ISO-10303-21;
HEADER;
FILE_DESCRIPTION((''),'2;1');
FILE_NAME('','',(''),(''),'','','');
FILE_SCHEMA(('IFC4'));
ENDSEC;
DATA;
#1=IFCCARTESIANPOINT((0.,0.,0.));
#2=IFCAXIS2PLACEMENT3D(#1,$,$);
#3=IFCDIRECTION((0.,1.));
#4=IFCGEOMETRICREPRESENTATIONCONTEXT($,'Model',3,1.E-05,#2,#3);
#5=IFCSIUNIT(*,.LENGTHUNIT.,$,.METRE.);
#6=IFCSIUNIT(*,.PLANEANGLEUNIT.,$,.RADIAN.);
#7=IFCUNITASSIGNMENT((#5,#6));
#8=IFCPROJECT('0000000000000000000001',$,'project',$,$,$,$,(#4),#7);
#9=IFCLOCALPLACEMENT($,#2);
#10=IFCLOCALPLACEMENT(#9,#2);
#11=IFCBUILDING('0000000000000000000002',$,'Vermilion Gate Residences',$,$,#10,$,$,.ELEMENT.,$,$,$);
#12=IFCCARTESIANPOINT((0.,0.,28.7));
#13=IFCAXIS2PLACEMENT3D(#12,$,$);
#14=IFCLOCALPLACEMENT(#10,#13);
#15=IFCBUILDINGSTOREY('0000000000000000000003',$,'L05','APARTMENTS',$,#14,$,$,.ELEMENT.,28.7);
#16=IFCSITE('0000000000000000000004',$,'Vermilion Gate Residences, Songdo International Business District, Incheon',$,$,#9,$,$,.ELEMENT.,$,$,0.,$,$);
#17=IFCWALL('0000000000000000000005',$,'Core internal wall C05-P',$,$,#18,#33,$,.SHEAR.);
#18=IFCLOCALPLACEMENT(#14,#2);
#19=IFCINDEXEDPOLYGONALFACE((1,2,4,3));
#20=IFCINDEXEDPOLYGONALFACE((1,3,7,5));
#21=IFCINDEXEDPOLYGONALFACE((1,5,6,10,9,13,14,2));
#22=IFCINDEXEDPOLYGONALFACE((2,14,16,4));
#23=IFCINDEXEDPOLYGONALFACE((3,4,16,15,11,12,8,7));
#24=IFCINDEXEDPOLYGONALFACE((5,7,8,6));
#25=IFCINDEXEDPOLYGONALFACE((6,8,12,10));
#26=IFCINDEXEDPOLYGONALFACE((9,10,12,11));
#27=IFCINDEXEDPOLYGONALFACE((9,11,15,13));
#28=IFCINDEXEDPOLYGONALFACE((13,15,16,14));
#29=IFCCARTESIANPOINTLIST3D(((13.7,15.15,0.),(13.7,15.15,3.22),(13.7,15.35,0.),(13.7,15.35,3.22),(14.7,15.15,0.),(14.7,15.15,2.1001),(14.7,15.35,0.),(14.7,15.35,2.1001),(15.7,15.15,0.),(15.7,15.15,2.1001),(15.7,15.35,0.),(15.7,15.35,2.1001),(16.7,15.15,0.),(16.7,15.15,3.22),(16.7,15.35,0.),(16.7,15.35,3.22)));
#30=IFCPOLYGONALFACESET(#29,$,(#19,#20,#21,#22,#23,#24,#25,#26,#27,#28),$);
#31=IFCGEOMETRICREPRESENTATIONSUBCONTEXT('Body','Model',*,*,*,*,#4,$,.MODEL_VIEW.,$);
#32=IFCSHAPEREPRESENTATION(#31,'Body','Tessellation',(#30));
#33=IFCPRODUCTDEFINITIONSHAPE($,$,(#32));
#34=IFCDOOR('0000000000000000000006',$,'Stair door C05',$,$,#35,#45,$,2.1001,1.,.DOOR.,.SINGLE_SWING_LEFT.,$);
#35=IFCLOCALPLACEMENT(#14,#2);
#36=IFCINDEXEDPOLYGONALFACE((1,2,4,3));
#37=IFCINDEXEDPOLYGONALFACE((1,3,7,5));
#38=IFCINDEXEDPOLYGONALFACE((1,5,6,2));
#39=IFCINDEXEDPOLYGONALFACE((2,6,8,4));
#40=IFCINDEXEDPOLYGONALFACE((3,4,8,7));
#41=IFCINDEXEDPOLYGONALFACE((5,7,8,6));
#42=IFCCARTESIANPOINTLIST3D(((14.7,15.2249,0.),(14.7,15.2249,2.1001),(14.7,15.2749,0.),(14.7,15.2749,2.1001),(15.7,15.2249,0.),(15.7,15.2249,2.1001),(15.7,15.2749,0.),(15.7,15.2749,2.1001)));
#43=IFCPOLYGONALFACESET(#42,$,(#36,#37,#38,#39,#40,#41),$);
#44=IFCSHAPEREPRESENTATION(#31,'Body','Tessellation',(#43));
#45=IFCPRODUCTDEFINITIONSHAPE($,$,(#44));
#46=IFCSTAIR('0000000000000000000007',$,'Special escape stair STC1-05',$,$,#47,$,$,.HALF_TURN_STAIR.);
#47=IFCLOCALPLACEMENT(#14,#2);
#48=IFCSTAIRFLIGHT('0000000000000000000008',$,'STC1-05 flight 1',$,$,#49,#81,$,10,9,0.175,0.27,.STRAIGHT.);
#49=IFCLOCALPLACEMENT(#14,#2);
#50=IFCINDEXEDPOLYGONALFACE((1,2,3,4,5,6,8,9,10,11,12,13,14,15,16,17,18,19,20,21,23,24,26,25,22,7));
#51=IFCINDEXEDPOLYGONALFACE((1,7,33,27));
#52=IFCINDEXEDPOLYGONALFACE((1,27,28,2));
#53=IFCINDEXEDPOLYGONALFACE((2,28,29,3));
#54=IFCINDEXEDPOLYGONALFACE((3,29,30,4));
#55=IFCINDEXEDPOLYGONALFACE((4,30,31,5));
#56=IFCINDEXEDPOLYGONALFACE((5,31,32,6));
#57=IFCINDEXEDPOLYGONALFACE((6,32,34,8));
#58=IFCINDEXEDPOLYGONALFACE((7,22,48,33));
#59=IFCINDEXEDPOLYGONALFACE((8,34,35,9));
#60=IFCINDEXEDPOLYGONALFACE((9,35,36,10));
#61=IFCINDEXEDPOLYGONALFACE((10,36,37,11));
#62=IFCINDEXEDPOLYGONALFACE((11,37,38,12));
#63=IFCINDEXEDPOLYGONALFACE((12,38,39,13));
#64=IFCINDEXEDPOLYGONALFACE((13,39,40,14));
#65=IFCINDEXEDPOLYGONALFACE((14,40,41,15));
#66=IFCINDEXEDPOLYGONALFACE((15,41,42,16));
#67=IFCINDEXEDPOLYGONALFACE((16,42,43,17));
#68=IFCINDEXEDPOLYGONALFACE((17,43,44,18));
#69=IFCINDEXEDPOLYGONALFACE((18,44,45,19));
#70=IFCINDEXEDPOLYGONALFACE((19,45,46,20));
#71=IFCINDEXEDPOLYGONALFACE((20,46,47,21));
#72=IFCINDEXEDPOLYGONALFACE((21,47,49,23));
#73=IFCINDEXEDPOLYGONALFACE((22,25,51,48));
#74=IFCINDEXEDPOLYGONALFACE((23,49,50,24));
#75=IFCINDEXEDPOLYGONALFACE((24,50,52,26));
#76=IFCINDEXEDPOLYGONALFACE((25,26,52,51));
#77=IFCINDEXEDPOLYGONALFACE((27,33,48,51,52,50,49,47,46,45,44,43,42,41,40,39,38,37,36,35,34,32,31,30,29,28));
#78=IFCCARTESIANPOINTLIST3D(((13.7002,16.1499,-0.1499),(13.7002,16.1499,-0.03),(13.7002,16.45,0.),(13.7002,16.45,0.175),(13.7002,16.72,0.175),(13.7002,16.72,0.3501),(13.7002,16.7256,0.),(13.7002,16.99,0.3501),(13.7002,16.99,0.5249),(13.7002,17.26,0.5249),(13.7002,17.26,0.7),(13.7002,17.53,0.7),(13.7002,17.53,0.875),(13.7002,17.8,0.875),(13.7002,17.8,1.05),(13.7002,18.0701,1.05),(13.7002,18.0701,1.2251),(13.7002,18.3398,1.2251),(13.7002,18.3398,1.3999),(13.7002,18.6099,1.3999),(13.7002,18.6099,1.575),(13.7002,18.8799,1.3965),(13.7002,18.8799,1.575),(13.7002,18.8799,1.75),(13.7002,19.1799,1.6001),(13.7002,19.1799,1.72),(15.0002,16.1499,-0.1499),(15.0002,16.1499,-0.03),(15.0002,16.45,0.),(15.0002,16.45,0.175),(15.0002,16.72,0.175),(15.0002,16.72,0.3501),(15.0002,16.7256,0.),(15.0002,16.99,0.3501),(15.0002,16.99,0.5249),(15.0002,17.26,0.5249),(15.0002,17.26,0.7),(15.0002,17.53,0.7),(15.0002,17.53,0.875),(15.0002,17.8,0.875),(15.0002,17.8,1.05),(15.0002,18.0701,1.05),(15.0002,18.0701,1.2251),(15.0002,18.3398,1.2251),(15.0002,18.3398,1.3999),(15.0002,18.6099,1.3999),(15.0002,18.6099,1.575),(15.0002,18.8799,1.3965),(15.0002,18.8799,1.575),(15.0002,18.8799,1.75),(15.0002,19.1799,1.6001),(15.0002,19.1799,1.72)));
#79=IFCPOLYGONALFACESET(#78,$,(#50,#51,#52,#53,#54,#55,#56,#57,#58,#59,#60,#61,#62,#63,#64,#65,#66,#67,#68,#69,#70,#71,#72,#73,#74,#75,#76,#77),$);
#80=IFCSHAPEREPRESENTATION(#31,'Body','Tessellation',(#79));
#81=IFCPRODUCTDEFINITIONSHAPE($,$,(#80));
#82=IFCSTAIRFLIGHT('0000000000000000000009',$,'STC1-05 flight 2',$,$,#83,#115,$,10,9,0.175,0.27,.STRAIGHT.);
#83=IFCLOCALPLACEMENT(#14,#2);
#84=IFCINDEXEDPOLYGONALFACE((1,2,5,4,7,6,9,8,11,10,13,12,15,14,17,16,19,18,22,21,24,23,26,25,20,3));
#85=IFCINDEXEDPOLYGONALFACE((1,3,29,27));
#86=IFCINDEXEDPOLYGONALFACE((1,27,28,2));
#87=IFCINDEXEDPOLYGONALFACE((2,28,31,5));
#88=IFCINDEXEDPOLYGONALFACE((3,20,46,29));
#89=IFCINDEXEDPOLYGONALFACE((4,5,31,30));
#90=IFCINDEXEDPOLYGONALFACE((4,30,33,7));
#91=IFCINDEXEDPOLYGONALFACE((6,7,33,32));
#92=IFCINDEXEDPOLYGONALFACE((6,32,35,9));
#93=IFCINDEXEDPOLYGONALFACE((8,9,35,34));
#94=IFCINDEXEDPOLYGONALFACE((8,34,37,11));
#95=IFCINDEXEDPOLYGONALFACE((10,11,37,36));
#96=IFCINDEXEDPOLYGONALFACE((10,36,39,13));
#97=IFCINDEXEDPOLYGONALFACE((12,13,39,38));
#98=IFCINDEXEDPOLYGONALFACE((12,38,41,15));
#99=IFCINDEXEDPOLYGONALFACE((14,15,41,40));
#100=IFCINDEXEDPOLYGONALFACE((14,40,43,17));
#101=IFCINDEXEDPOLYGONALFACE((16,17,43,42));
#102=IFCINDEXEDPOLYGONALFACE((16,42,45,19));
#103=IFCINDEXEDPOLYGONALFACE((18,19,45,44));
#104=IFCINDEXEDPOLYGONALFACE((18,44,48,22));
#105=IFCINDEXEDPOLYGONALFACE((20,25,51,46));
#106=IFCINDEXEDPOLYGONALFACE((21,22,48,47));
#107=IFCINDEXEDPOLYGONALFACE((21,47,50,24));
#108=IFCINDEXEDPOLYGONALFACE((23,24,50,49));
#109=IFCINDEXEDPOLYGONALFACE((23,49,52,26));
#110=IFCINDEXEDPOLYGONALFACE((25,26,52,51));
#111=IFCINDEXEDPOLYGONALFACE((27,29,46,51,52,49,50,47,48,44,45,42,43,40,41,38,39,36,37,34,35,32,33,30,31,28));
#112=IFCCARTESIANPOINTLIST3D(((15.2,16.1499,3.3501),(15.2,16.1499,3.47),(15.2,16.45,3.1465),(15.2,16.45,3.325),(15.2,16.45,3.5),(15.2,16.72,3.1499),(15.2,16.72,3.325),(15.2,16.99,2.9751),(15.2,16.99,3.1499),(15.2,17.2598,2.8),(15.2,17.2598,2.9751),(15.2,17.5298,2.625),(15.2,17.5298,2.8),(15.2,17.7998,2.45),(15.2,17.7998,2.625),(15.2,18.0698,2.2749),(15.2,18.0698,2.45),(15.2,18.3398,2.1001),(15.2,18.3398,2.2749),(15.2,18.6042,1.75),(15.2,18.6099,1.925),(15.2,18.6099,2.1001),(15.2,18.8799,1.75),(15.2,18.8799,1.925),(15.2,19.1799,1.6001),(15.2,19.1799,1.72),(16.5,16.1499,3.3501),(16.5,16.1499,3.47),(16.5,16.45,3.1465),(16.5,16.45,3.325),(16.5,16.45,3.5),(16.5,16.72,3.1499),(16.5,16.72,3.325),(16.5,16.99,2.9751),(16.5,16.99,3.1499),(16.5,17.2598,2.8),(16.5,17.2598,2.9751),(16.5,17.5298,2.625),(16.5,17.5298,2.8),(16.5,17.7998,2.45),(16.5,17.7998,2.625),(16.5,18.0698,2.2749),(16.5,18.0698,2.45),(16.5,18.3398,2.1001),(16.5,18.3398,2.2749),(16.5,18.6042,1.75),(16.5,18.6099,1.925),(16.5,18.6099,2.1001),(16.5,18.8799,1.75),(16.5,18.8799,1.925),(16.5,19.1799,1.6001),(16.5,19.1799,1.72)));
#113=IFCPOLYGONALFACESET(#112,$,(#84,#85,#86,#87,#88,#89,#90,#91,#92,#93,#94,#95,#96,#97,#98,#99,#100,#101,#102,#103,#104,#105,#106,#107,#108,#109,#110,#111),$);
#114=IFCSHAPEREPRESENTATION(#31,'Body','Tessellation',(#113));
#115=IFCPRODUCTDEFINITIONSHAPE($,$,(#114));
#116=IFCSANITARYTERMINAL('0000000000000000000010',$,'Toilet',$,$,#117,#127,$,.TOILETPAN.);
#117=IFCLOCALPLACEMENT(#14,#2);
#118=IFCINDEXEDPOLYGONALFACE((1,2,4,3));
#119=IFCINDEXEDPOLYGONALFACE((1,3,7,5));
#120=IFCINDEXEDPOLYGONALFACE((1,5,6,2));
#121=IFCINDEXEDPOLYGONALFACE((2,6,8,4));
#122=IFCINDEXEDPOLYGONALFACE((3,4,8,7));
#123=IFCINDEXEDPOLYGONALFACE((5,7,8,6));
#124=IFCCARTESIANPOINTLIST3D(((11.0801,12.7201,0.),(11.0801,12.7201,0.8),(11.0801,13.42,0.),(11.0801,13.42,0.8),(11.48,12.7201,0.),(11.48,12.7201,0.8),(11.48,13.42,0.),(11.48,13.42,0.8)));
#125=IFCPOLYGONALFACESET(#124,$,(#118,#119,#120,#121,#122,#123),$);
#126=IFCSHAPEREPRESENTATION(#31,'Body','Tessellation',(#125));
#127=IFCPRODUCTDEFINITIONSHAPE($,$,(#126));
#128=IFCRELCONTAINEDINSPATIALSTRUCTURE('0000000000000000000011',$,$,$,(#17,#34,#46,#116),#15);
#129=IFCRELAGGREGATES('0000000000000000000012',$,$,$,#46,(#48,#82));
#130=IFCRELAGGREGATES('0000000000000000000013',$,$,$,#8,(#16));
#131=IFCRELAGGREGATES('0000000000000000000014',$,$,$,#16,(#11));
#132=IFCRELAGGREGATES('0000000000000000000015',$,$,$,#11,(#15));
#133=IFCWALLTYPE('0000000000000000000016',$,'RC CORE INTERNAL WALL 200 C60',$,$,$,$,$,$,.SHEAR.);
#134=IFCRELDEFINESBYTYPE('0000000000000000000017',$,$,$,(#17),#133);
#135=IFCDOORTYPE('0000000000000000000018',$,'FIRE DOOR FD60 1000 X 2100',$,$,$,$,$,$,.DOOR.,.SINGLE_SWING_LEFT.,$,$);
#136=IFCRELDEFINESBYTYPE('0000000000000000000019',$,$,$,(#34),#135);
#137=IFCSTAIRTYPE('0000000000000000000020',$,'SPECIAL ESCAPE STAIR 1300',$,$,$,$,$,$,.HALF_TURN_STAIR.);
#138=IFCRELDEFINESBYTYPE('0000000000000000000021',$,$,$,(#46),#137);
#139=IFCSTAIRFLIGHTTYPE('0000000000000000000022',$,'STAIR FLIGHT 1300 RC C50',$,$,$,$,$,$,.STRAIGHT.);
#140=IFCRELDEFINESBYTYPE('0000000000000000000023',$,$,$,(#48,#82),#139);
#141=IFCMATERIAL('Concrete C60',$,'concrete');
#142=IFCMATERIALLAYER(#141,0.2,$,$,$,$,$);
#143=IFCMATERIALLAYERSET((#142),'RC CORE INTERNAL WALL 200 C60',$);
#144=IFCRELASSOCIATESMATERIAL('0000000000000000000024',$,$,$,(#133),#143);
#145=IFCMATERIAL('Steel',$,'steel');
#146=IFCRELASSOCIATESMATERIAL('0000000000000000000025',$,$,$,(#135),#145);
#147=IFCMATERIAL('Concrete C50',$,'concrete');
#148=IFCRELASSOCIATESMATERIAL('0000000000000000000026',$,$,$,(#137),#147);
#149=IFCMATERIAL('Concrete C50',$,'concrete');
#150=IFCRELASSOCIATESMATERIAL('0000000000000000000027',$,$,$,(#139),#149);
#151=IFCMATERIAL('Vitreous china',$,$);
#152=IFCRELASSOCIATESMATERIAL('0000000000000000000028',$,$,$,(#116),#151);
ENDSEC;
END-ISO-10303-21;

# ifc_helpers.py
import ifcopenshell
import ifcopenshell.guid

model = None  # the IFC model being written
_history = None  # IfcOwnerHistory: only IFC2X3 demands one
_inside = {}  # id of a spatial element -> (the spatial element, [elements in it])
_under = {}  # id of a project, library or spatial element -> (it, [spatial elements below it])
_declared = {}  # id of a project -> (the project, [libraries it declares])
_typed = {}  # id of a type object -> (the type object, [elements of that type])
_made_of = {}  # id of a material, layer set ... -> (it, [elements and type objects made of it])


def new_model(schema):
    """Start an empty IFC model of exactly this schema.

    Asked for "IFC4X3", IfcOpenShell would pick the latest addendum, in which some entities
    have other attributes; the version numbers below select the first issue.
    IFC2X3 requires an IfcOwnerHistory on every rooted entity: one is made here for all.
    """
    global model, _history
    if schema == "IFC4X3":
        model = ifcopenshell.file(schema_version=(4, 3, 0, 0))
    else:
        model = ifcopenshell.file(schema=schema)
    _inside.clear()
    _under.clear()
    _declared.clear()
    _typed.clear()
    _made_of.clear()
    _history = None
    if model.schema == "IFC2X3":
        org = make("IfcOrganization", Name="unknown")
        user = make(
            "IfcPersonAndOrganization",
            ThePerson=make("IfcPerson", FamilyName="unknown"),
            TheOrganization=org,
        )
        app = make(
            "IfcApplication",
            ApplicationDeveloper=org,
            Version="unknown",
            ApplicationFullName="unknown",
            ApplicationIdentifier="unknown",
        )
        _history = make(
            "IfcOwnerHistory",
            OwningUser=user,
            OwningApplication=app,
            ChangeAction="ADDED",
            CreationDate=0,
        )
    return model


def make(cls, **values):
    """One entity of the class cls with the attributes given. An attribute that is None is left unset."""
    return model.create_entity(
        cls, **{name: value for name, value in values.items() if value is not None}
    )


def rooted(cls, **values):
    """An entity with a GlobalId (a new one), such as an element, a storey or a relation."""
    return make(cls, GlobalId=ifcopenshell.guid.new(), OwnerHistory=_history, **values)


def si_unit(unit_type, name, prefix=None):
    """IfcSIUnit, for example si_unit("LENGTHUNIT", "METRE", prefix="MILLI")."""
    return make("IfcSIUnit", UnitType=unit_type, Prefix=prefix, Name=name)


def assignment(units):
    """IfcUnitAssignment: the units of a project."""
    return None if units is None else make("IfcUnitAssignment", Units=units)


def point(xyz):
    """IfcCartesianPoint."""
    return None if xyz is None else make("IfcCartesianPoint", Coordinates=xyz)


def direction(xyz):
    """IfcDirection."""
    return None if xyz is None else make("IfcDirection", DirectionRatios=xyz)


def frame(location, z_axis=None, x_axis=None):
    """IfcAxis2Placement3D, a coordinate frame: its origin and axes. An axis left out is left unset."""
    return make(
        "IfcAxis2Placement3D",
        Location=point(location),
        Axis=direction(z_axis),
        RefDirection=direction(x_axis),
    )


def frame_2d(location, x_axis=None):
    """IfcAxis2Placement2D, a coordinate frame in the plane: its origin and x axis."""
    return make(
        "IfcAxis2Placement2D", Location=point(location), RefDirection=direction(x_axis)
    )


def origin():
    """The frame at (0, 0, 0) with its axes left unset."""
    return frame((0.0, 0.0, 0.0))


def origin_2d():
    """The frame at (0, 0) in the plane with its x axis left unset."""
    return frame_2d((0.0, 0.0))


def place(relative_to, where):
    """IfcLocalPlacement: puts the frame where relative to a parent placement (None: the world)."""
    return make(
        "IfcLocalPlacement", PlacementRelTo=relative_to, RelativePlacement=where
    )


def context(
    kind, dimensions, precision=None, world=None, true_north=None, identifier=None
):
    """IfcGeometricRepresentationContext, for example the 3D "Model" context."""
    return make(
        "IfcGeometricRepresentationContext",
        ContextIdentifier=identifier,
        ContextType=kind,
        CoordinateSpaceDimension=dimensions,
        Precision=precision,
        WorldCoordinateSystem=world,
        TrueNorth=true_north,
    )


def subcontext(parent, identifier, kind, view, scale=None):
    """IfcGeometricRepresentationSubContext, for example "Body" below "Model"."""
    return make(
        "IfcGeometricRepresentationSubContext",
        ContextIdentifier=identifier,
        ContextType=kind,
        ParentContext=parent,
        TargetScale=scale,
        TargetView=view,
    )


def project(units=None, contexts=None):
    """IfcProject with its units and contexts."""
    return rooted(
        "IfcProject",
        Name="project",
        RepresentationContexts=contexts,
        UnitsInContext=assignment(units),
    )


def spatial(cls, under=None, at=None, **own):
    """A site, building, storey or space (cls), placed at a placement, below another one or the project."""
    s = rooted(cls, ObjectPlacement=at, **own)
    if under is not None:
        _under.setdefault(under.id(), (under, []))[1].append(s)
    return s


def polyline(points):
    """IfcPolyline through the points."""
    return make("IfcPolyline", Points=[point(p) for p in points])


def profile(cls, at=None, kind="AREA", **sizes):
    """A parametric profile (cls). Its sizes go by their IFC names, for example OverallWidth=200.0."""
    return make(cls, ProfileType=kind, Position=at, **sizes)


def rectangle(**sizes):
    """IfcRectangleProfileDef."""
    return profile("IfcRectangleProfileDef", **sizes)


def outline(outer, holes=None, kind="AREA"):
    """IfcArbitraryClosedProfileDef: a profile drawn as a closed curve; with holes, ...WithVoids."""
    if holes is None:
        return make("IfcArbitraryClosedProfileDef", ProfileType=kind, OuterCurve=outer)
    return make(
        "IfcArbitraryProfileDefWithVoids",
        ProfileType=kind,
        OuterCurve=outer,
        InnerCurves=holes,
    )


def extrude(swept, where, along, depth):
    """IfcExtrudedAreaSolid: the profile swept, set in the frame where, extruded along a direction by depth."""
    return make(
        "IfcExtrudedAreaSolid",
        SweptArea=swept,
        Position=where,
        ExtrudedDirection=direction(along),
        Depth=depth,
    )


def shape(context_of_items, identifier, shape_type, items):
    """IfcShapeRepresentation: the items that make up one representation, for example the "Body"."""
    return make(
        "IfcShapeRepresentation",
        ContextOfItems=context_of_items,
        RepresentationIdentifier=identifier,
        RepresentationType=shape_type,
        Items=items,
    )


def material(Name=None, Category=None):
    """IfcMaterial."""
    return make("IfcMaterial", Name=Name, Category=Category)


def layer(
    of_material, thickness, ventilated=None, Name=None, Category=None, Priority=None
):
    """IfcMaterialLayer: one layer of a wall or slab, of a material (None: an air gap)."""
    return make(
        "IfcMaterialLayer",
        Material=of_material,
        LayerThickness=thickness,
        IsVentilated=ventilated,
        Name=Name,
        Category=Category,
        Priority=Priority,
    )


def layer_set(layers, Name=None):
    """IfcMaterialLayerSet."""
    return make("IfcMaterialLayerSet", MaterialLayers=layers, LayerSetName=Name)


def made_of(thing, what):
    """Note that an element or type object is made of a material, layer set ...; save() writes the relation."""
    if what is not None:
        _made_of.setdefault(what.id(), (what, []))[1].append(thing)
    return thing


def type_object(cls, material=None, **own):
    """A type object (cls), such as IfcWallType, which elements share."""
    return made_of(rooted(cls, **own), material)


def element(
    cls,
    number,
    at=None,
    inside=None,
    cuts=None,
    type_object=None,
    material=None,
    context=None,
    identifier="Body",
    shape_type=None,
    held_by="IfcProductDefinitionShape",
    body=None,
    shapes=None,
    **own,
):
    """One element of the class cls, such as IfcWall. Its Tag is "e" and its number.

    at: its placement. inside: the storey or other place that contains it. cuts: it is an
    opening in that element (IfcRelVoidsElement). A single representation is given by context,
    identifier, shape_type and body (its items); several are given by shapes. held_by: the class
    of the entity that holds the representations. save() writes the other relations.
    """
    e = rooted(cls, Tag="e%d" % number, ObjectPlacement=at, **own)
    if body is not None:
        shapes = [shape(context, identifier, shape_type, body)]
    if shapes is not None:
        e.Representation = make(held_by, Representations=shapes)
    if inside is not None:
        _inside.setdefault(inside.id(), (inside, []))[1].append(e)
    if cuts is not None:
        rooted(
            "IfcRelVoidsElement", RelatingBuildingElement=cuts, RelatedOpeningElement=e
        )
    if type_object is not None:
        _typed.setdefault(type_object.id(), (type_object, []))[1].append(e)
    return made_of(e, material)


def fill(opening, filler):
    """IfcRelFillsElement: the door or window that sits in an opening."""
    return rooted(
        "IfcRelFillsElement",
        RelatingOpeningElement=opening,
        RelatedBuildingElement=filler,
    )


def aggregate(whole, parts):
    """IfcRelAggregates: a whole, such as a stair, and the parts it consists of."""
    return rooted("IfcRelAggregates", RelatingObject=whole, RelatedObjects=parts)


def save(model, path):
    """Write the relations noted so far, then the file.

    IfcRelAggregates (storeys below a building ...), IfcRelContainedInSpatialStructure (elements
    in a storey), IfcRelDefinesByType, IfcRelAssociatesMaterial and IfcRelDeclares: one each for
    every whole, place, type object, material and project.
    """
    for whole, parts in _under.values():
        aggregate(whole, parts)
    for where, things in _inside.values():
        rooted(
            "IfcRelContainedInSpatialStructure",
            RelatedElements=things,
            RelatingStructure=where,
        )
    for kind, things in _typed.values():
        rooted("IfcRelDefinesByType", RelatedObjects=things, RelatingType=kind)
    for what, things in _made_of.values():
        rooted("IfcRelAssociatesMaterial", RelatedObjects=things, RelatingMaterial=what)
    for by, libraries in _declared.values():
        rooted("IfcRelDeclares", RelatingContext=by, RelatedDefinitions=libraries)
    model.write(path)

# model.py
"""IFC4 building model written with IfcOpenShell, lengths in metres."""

from ifc_helpers import new_model, si_unit, direction, frame, frame_2d, origin, origin_2d, place, context, subcontext, project, spatial, polyline, rectangle, outline, extrude, material, layer, layer_set, type_object, element, fill, aggregate, save


model = new_model("IFC4")

# Units and contexts
model_context = context("Model", 3, precision=1e-05, world=origin(), true_north=direction((0.0, 1.0)))
body_context = subcontext(model_context, "Body", "Model", "MODEL_VIEW")
ifc_project = project(units=[si_unit("LENGTHUNIT", "METRE"), si_unit("PLANEANGLEUNIT", "RADIAN")], contexts=[model_context])

# Site, building, storey
site_placement = place(None, origin())
site = spatial("IfcSite", under=ifc_project, at=site_placement, Name="Vermilion Gate Residences, Songdo International Business District, Incheon", CompositionType="ELEMENT", RefElevation=0.0)
building_placement = place(site_placement, origin())
building = spatial("IfcBuilding", under=site, at=building_placement, Name="Vermilion Gate Residences", CompositionType="ELEMENT")
storey_placement = place(building_placement, frame((0.0, 0.0, 28.7)))
storey = spatial("IfcBuildingStorey", under=building, at=storey_placement, Name="L05", Description="APARTMENTS", CompositionType="ELEMENT", Elevation=28.7)

# Shared definitions
ifc_material_1 = material(Name="Concrete C60", Category="concrete")
ifc_layer_1 = layer(ifc_material_1, 0.2)
ifc_layer_set_1 = layer_set([ifc_layer_1], Name="RC CORE INTERNAL WALL 200 C60")
wall_type_1 = type_object("IfcWallType", Name="RC CORE INTERNAL WALL 200 C60", PredefinedType="SHEAR", material=ifc_layer_set_1)
ifc_material_2 = material(Name="Steel", Category="steel")
door_type_1 = type_object("IfcDoorType", Name="FIRE DOOR FD60 1000 X 2100", OperationType="SINGLE_SWING_LEFT", PredefinedType="DOOR", material=ifc_material_2)

# Wall, opening, door
wall_1_placement = place(storey_placement, frame((13.7, 15.25, 0.0), z_axis=(0.0, 0.0, 1.0), x_axis=(1.0, 0.0, 0.0)))
wall_1 = element("IfcWall", 1, at=wall_1_placement, inside=storey, type_object=wall_type_1, Name="Core internal wall C05-P", PredefinedType="SHEAR", context=body_context, shape_type="SweptSolid", body=[
    extrude(rectangle(XDim=3.0, YDim=0.2, at=frame_2d((1.5, 0.0))), origin(), (0.0, 0.0, 1.0), 3.22),
])
opening_1_placement = place(wall_1_placement, frame((1.0, 0.0, 0.0)))
opening_1 = element("IfcOpeningElement", 2, at=opening_1_placement, cuts=wall_1, PredefinedType="OPENING", context=body_context, shape_type="SweptSolid", body=[
    extrude(rectangle(XDim=1.0, YDim=2.1001, at=frame_2d((0.5, 1.05))), frame((0.0, 0.1099, 0.0), z_axis=(0.0, -1.0, 0.0), x_axis=(1.0, 0.0, 0.0)), (0.0, 0.0, 1.0), 0.22),
])
door_1_placement = place(opening_1_placement, origin())
door_1 = element("IfcDoor", 3, at=door_1_placement, inside=storey, type_object=door_type_1, Name="Stair door C05", OperationType="SINGLE_SWING_LEFT", OverallHeight=2.1001, OverallWidth=1.0, PredefinedType="DOOR", context=body_context, shape_type="SweptSolid", body=[
    extrude(rectangle(XDim=1.0, YDim=2.1001, at=frame_2d((0.5, 1.05))), frame((0.0, 0.0249, 0.0), z_axis=(0.0, -1.0, 0.0), x_axis=(1.0, 0.0, 0.0)), (0.0, 0.0, 1.0), 0.05),
])
fill(opening_1, door_1)

# Stair, stair flights
ifc_material_3 = material(Name="Concrete C50", Category="concrete")
stair_type = type_object("IfcStairType", Name="SPECIAL ESCAPE STAIR 1300", PredefinedType="HALF_TURN_STAIR", material=ifc_material_3)
stair_placement = place(storey_placement, origin())
stair = element("IfcStair", 4, at=stair_placement, inside=storey, type_object=stair_type, Name="Special escape stair STC1-05", PredefinedType="HALF_TURN_STAIR")
ifc_material_4 = material(Name="Concrete C50", Category="concrete")
stair_flight_type = type_object("IfcStairFlightType", Name="STAIR FLIGHT 1300 RC C50", PredefinedType="STRAIGHT", material=ifc_material_4)
stair_flight_1_placement = place(storey_placement, frame((14.3501, 16.45, 0.0), z_axis=(0.0, 0.0, 1.0), x_axis=(0.0, 1.0, 0.0)))
stair_flight_1 = element("IfcStairFlight", 5, at=stair_flight_1_placement, type_object=stair_flight_type, Name="STC1-05 flight 1", NumberOfRisers=10, NumberOfTreads=9, PredefinedType="STRAIGHT", RiserHeight=0.175, TreadLength=0.27, context=body_context, shape_type="SweptSolid", body=[
    extrude(outline(polyline([(-0.3, -0.1499), (-0.3, -0.03), (0.0, 0.0), (0.0, 0.175), (0.27, 0.175), (0.27, 0.3501), (0.54, 0.3501), (0.54, 0.5249), (0.8101, 0.5249), (0.8101, 0.7), (1.0801, 0.7), (1.0801, 0.875), (1.3501, 0.875), (1.3501, 1.05), (1.6201, 1.05), (1.6201, 1.2251), (1.8899, 1.2251), (1.8899, 1.3999), (2.1599, 1.3999), (2.1599, 1.575), (2.4299, 1.575), (2.4299, 1.75), (2.73, 1.72), (2.73, 1.6001), (2.4299, 1.3965), (0.2756, 0.0), (-0.3, -0.1499)])), frame((0.0, 0.6499, 0.0), z_axis=(0.0, -1.0, 0.0), x_axis=(1.0, 0.0, 0.0)), (0.0, 0.0, 1.0), 1.3),
])
stair_flight_2_placement = place(storey_placement, frame((15.8501, 18.8799, 1.75), z_axis=(0.0, 0.0, 1.0), x_axis=(0.0, -1.0, 0.0)))
stair_flight_2 = element("IfcStairFlight", 6, at=stair_flight_2_placement, type_object=stair_flight_type, Name="STC1-05 flight 2", NumberOfRisers=10, NumberOfTreads=9, PredefinedType="STRAIGHT", RiserHeight=0.175, TreadLength=0.27, context=body_context, shape_type="SweptSolid", body=[
    extrude(outline(polyline([(-0.3, -0.1499), (-0.3, -0.03), (0.0, 0.0), (0.0, 0.175), (0.27, 0.175), (0.27, 0.3501), (0.54, 0.3501), (0.54, 0.5249), (0.8101, 0.5249), (0.8101, 0.7), (1.0801, 0.7), (1.0801, 0.875), (1.3501, 0.875), (1.3501, 1.05), (1.6201, 1.05), (1.6201, 1.2251), (1.8899, 1.2251), (1.8899, 1.3999), (2.1599, 1.3999), (2.1599, 1.575), (2.4299, 1.575), (2.4299, 1.75), (2.73, 1.72), (2.73, 1.6001), (2.4299, 1.3965), (0.2756, 0.0), (-0.3, -0.1499)])), frame((0.0, 0.6499, 0.0), z_axis=(0.0, -1.0, 0.0), x_axis=(1.0, 0.0, 0.0)), (0.0, 0.0, 1.0), 1.3),
])
aggregate(stair, [stair_flight_1, stair_flight_2])

# Sanitary terminal
ifc_material_5 = material(Name="Vitreous china")
sanitary_terminal_placement = place(storey_placement, frame((11.28, 13.0701, 0.0), z_axis=(0.0, 0.0, 1.0), x_axis=(1.0, 0.0, 0.0)))
element("IfcSanitaryTerminal", 7, at=sanitary_terminal_placement, inside=storey, material=ifc_material_5, Name="Toilet", PredefinedType="TOILETPAN", context=body_context, shape_type="SweptSolid", body=[
    extrude(rectangle(XDim=0.3999, YDim=0.7, at=origin_2d()), origin(), (0.0, 0.0, 1.0), 0.8),
])

save(model, "model.ifc")
